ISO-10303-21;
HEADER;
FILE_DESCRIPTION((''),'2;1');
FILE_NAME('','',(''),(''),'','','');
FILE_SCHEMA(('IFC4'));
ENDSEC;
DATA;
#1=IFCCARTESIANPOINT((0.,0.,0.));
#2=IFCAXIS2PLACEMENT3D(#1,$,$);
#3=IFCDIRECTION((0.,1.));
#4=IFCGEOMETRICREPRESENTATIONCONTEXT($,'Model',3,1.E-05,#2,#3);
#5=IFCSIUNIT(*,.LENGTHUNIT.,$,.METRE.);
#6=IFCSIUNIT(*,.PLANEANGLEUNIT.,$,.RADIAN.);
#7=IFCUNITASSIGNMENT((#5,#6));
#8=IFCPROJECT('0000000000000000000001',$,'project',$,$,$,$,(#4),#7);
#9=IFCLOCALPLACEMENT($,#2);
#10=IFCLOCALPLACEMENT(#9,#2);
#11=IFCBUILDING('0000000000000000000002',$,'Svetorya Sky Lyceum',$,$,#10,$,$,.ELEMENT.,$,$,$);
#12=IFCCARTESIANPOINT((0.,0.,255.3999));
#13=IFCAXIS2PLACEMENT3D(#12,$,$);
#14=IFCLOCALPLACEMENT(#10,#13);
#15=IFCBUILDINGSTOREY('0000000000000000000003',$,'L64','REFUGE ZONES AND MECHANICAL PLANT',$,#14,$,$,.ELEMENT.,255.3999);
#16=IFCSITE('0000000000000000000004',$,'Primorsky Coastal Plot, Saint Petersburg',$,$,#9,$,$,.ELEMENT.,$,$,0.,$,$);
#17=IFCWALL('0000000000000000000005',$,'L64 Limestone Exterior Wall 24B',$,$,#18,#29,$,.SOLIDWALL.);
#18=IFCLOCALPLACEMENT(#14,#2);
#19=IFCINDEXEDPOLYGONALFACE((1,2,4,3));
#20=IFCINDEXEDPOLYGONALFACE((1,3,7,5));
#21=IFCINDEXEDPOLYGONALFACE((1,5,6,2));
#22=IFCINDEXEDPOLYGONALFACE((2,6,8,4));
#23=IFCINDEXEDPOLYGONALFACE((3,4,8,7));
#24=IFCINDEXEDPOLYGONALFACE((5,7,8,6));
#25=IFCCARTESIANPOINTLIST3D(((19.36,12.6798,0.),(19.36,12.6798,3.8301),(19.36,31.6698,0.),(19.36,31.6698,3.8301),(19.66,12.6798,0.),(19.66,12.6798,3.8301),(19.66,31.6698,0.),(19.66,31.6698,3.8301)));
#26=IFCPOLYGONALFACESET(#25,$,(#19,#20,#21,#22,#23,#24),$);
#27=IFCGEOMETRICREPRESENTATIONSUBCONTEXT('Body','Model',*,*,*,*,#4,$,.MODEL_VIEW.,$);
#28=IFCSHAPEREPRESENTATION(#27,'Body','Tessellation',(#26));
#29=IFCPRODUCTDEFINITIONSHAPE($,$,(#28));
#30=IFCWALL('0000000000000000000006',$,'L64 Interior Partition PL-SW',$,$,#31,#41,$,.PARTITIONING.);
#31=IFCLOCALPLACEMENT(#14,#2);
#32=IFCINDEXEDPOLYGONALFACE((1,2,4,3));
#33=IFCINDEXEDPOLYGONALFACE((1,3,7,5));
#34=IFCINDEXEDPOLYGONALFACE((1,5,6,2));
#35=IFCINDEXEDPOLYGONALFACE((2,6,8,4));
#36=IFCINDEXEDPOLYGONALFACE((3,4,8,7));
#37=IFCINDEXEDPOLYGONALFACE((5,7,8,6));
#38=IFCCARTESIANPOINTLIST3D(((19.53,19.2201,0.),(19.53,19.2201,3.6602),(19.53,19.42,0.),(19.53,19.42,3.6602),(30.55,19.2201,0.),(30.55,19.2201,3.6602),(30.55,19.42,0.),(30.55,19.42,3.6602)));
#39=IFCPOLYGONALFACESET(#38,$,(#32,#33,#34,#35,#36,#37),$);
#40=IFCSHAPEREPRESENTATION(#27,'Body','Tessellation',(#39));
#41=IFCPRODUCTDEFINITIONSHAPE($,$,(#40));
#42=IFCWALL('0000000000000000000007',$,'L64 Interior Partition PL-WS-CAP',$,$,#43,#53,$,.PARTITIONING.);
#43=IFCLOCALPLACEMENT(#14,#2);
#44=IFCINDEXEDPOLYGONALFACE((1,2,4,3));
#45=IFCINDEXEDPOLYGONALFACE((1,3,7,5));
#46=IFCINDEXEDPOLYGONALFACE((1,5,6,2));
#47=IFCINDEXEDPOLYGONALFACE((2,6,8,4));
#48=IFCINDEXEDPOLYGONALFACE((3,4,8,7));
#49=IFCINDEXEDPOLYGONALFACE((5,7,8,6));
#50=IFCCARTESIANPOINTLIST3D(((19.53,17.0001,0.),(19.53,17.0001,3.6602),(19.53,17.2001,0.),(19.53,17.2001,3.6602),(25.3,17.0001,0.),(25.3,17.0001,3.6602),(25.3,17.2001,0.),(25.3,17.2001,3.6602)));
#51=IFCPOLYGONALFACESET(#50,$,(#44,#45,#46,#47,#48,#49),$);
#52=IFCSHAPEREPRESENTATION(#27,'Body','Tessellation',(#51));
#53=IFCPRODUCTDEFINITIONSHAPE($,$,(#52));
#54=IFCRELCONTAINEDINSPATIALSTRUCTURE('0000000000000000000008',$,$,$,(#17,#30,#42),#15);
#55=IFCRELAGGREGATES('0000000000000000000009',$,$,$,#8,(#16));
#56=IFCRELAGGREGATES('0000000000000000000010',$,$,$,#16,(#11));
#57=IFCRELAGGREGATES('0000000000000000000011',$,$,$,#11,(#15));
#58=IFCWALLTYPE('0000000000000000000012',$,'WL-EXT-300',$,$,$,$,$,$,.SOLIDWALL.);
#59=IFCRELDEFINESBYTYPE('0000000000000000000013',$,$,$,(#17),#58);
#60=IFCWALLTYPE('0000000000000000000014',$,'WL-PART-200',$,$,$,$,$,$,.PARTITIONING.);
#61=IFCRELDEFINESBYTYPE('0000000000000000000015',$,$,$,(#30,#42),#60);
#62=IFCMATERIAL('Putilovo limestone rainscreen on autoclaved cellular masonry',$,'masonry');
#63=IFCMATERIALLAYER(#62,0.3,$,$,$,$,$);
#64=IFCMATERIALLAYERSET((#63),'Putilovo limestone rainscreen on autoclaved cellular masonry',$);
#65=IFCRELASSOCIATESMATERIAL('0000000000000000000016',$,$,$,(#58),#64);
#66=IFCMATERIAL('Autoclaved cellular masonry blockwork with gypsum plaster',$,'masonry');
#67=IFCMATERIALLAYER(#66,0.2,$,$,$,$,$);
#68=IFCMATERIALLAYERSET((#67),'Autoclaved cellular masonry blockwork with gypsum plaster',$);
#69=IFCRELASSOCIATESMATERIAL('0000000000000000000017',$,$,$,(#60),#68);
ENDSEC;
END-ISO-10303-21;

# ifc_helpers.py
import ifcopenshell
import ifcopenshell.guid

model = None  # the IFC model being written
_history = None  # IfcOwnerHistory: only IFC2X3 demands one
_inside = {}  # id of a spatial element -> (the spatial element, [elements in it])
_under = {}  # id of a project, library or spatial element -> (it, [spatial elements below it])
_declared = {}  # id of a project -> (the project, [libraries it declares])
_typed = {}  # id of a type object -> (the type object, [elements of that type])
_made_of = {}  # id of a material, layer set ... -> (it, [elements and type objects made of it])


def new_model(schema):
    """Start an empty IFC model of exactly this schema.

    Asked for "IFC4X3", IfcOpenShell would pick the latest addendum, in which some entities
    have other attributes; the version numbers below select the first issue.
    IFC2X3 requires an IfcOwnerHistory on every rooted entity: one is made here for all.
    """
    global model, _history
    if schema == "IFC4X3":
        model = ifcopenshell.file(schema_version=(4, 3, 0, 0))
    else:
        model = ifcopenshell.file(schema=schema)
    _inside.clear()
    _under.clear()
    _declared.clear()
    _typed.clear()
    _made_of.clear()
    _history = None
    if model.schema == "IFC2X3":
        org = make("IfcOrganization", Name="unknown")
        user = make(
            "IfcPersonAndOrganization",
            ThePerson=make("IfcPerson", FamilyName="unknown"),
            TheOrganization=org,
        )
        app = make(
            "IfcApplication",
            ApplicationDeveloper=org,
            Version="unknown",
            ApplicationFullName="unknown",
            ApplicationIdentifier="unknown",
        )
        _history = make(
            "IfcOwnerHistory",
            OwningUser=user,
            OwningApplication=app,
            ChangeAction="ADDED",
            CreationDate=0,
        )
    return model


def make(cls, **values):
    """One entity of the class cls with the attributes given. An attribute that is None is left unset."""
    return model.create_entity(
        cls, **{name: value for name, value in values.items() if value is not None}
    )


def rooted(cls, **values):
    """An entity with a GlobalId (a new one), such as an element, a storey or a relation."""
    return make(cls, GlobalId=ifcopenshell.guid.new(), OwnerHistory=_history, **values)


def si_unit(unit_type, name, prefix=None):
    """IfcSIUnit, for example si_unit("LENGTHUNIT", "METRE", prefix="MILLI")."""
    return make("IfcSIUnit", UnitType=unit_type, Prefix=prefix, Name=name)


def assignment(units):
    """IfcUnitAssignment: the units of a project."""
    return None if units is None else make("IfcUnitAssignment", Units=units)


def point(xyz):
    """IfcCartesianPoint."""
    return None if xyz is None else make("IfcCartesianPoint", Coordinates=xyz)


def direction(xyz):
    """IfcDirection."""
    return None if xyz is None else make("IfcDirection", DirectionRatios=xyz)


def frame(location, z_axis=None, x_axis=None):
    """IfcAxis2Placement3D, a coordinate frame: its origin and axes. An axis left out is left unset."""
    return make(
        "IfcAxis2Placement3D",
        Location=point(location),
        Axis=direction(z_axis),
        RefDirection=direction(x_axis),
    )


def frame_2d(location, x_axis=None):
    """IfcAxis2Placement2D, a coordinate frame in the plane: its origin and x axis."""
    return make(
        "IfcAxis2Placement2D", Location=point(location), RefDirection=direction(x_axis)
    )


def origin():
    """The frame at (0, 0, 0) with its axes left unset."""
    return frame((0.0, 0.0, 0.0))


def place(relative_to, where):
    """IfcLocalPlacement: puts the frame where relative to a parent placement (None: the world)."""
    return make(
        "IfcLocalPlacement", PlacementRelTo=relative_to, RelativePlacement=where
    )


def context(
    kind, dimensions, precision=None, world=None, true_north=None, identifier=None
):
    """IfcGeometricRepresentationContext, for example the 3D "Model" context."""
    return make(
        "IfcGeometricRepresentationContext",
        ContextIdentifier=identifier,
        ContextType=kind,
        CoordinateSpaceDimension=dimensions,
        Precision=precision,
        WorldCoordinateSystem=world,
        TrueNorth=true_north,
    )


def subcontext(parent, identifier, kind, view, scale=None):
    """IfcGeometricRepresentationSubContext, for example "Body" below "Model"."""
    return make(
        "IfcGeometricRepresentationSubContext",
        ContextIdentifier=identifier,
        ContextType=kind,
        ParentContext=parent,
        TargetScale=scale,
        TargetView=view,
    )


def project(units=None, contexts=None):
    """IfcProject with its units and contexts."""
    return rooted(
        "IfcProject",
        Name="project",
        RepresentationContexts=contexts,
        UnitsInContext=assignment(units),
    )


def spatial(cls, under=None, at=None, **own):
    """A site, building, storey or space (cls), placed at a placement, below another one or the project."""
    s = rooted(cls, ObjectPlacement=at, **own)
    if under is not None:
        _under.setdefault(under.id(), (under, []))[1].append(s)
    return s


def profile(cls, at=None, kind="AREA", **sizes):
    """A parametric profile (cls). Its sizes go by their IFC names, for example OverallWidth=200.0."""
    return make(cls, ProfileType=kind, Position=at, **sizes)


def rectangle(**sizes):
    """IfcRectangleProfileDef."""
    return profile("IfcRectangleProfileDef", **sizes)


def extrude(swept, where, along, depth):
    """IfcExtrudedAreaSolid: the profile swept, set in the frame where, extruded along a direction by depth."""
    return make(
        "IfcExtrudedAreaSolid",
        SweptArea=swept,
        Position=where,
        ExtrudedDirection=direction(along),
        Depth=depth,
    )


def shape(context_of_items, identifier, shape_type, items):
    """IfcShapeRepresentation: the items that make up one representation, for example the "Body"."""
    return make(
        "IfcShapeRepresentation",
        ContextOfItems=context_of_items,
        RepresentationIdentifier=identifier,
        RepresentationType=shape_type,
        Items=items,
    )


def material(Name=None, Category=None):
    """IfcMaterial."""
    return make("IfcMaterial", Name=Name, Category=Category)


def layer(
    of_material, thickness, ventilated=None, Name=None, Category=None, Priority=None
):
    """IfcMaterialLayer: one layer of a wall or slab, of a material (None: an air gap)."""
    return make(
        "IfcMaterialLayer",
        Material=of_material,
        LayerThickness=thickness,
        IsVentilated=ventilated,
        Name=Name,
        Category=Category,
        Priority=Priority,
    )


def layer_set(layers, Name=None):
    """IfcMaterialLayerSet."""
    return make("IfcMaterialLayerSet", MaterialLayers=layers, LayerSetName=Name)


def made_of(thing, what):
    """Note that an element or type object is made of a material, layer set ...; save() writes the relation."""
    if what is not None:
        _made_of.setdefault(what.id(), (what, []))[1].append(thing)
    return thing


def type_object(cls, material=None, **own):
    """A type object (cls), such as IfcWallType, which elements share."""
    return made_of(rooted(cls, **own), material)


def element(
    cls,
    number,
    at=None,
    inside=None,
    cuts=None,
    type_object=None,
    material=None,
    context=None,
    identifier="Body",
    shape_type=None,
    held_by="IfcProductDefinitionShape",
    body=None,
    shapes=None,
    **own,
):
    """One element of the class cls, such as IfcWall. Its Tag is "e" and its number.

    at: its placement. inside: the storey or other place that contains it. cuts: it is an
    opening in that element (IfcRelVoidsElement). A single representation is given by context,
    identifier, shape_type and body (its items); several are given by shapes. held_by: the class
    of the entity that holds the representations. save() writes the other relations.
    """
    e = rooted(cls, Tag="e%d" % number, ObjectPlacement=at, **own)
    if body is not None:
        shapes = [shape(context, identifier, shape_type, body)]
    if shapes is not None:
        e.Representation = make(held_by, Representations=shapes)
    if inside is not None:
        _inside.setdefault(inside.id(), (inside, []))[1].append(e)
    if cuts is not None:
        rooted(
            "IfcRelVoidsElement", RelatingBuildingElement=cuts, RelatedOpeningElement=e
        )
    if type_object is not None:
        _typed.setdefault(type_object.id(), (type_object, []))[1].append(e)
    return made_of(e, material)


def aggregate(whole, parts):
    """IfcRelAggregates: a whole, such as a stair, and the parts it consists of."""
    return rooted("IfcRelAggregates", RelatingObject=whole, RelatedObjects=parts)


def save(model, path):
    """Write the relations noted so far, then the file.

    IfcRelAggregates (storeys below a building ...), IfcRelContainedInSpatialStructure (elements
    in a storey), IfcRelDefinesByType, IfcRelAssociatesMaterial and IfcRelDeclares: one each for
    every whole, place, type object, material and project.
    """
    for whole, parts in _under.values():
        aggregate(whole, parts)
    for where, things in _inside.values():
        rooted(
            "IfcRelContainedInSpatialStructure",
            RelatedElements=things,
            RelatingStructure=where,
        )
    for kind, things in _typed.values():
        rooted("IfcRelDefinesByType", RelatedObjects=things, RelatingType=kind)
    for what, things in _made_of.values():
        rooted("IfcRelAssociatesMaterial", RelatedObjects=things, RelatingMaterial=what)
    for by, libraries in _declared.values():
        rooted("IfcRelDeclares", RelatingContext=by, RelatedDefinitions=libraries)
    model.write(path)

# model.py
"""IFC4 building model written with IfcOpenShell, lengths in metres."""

from ifc_helpers import new_model, si_unit, direction, frame, frame_2d, origin, place, context, subcontext, project, spatial, rectangle, extrude, material, layer, layer_set, type_object, element, save


model = new_model("IFC4")

# Units and contexts
model_context = context("Model", 3, precision=1e-05, world=origin(), true_north=direction((0.0, 1.0)))
body_context = subcontext(model_context, "Body", "Model", "MODEL_VIEW")
ifc_project = project(units=[si_unit("LENGTHUNIT", "METRE"), si_unit("PLANEANGLEUNIT", "RADIAN")], contexts=[model_context])

# Site, building, storey
site_placement = place(None, origin())
site = spatial("IfcSite", under=ifc_project, at=site_placement, Name="Primorsky Coastal Plot, Saint Petersburg", CompositionType="ELEMENT", RefElevation=0.0)
building_placement = place(site_placement, origin())
building = spatial("IfcBuilding", under=site, at=building_placement, Name="Svetorya Sky Lyceum", CompositionType="ELEMENT")
storey_placement = place(building_placement, frame((0.0, 0.0, 255.3999)))
storey = spatial("IfcBuildingStorey", under=building, at=storey_placement, Name="L64", Description="REFUGE ZONES AND MECHANICAL PLANT", CompositionType="ELEMENT", Elevation=255.3999)

# Walls
ifc_material_1 = material(Name="Putilovo limestone rainscreen on autoclaved cellular masonry", Category="masonry")
ifc_layer_1 = layer(ifc_material_1, 0.3)
ifc_layer_set_1 = layer_set([ifc_layer_1], Name="Putilovo limestone rainscreen on autoclaved cellular masonry")
wall_type_1 = type_object("IfcWallType", Name="WL-EXT-300", PredefinedType="SOLIDWALL", material=ifc_layer_set_1)
wall_1_placement = place(storey_placement, frame((19.51, 31.6699, 0.0), z_axis=(0.0, 0.0, 1.0), x_axis=(0.0, -1.0, 0.0)))
element("IfcWall", 1, at=wall_1_placement, inside=storey, type_object=wall_type_1, Name="L64 Limestone Exterior Wall 24B", PredefinedType="SOLIDWALL", context=body_context, shape_type="SweptSolid", body=[
    extrude(rectangle(XDim=18.99, YDim=0.3, at=frame_2d((9.4951, 0.0))), origin(), (0.0, 0.0, 1.0), 3.8301),
])
ifc_material_2 = material(Name="Autoclaved cellular masonry blockwork with gypsum plaster", Category="masonry")
ifc_layer_2 = layer(ifc_material_2, 0.2)
ifc_layer_set_2 = layer_set([ifc_layer_2], Name="Autoclaved cellular masonry blockwork with gypsum plaster")
wall_type_2 = type_object("IfcWallType", Name="WL-PART-200", PredefinedType="PARTITIONING", material=ifc_layer_set_2)
wall_2_placement = place(storey_placement, frame((19.53, 19.3201, 0.0), z_axis=(0.0, 0.0, 1.0), x_axis=(1.0, 0.0, 0.0)))
element("IfcWall", 2, at=wall_2_placement, inside=storey, type_object=wall_type_2, Name="L64 Interior Partition PL-SW", PredefinedType="PARTITIONING", context=body_context, shape_type="SweptSolid", body=[
    extrude(rectangle(XDim=11.02, YDim=0.2, at=frame_2d((5.51, 0.0))), origin(), (0.0, 0.0, 1.0), 3.6602),
])
wall_3_placement = place(storey_placement, frame((19.53, 17.1001, 0.0), z_axis=(0.0, 0.0, 1.0), x_axis=(1.0, 0.0, 0.0)))
element("IfcWall", 3, at=wall_3_placement, inside=storey, type_object=wall_type_2, Name="L64 Interior Partition PL-WS-CAP", PredefinedType="PARTITIONING", context=body_context, shape_type="SweptSolid", body=[
    extrude(rectangle(XDim=5.77, YDim=0.2, at=frame_2d((2.885, 0.0))), origin(), (0.0, 0.0, 1.0), 3.6602),
])

save(model, "model.ifc")
